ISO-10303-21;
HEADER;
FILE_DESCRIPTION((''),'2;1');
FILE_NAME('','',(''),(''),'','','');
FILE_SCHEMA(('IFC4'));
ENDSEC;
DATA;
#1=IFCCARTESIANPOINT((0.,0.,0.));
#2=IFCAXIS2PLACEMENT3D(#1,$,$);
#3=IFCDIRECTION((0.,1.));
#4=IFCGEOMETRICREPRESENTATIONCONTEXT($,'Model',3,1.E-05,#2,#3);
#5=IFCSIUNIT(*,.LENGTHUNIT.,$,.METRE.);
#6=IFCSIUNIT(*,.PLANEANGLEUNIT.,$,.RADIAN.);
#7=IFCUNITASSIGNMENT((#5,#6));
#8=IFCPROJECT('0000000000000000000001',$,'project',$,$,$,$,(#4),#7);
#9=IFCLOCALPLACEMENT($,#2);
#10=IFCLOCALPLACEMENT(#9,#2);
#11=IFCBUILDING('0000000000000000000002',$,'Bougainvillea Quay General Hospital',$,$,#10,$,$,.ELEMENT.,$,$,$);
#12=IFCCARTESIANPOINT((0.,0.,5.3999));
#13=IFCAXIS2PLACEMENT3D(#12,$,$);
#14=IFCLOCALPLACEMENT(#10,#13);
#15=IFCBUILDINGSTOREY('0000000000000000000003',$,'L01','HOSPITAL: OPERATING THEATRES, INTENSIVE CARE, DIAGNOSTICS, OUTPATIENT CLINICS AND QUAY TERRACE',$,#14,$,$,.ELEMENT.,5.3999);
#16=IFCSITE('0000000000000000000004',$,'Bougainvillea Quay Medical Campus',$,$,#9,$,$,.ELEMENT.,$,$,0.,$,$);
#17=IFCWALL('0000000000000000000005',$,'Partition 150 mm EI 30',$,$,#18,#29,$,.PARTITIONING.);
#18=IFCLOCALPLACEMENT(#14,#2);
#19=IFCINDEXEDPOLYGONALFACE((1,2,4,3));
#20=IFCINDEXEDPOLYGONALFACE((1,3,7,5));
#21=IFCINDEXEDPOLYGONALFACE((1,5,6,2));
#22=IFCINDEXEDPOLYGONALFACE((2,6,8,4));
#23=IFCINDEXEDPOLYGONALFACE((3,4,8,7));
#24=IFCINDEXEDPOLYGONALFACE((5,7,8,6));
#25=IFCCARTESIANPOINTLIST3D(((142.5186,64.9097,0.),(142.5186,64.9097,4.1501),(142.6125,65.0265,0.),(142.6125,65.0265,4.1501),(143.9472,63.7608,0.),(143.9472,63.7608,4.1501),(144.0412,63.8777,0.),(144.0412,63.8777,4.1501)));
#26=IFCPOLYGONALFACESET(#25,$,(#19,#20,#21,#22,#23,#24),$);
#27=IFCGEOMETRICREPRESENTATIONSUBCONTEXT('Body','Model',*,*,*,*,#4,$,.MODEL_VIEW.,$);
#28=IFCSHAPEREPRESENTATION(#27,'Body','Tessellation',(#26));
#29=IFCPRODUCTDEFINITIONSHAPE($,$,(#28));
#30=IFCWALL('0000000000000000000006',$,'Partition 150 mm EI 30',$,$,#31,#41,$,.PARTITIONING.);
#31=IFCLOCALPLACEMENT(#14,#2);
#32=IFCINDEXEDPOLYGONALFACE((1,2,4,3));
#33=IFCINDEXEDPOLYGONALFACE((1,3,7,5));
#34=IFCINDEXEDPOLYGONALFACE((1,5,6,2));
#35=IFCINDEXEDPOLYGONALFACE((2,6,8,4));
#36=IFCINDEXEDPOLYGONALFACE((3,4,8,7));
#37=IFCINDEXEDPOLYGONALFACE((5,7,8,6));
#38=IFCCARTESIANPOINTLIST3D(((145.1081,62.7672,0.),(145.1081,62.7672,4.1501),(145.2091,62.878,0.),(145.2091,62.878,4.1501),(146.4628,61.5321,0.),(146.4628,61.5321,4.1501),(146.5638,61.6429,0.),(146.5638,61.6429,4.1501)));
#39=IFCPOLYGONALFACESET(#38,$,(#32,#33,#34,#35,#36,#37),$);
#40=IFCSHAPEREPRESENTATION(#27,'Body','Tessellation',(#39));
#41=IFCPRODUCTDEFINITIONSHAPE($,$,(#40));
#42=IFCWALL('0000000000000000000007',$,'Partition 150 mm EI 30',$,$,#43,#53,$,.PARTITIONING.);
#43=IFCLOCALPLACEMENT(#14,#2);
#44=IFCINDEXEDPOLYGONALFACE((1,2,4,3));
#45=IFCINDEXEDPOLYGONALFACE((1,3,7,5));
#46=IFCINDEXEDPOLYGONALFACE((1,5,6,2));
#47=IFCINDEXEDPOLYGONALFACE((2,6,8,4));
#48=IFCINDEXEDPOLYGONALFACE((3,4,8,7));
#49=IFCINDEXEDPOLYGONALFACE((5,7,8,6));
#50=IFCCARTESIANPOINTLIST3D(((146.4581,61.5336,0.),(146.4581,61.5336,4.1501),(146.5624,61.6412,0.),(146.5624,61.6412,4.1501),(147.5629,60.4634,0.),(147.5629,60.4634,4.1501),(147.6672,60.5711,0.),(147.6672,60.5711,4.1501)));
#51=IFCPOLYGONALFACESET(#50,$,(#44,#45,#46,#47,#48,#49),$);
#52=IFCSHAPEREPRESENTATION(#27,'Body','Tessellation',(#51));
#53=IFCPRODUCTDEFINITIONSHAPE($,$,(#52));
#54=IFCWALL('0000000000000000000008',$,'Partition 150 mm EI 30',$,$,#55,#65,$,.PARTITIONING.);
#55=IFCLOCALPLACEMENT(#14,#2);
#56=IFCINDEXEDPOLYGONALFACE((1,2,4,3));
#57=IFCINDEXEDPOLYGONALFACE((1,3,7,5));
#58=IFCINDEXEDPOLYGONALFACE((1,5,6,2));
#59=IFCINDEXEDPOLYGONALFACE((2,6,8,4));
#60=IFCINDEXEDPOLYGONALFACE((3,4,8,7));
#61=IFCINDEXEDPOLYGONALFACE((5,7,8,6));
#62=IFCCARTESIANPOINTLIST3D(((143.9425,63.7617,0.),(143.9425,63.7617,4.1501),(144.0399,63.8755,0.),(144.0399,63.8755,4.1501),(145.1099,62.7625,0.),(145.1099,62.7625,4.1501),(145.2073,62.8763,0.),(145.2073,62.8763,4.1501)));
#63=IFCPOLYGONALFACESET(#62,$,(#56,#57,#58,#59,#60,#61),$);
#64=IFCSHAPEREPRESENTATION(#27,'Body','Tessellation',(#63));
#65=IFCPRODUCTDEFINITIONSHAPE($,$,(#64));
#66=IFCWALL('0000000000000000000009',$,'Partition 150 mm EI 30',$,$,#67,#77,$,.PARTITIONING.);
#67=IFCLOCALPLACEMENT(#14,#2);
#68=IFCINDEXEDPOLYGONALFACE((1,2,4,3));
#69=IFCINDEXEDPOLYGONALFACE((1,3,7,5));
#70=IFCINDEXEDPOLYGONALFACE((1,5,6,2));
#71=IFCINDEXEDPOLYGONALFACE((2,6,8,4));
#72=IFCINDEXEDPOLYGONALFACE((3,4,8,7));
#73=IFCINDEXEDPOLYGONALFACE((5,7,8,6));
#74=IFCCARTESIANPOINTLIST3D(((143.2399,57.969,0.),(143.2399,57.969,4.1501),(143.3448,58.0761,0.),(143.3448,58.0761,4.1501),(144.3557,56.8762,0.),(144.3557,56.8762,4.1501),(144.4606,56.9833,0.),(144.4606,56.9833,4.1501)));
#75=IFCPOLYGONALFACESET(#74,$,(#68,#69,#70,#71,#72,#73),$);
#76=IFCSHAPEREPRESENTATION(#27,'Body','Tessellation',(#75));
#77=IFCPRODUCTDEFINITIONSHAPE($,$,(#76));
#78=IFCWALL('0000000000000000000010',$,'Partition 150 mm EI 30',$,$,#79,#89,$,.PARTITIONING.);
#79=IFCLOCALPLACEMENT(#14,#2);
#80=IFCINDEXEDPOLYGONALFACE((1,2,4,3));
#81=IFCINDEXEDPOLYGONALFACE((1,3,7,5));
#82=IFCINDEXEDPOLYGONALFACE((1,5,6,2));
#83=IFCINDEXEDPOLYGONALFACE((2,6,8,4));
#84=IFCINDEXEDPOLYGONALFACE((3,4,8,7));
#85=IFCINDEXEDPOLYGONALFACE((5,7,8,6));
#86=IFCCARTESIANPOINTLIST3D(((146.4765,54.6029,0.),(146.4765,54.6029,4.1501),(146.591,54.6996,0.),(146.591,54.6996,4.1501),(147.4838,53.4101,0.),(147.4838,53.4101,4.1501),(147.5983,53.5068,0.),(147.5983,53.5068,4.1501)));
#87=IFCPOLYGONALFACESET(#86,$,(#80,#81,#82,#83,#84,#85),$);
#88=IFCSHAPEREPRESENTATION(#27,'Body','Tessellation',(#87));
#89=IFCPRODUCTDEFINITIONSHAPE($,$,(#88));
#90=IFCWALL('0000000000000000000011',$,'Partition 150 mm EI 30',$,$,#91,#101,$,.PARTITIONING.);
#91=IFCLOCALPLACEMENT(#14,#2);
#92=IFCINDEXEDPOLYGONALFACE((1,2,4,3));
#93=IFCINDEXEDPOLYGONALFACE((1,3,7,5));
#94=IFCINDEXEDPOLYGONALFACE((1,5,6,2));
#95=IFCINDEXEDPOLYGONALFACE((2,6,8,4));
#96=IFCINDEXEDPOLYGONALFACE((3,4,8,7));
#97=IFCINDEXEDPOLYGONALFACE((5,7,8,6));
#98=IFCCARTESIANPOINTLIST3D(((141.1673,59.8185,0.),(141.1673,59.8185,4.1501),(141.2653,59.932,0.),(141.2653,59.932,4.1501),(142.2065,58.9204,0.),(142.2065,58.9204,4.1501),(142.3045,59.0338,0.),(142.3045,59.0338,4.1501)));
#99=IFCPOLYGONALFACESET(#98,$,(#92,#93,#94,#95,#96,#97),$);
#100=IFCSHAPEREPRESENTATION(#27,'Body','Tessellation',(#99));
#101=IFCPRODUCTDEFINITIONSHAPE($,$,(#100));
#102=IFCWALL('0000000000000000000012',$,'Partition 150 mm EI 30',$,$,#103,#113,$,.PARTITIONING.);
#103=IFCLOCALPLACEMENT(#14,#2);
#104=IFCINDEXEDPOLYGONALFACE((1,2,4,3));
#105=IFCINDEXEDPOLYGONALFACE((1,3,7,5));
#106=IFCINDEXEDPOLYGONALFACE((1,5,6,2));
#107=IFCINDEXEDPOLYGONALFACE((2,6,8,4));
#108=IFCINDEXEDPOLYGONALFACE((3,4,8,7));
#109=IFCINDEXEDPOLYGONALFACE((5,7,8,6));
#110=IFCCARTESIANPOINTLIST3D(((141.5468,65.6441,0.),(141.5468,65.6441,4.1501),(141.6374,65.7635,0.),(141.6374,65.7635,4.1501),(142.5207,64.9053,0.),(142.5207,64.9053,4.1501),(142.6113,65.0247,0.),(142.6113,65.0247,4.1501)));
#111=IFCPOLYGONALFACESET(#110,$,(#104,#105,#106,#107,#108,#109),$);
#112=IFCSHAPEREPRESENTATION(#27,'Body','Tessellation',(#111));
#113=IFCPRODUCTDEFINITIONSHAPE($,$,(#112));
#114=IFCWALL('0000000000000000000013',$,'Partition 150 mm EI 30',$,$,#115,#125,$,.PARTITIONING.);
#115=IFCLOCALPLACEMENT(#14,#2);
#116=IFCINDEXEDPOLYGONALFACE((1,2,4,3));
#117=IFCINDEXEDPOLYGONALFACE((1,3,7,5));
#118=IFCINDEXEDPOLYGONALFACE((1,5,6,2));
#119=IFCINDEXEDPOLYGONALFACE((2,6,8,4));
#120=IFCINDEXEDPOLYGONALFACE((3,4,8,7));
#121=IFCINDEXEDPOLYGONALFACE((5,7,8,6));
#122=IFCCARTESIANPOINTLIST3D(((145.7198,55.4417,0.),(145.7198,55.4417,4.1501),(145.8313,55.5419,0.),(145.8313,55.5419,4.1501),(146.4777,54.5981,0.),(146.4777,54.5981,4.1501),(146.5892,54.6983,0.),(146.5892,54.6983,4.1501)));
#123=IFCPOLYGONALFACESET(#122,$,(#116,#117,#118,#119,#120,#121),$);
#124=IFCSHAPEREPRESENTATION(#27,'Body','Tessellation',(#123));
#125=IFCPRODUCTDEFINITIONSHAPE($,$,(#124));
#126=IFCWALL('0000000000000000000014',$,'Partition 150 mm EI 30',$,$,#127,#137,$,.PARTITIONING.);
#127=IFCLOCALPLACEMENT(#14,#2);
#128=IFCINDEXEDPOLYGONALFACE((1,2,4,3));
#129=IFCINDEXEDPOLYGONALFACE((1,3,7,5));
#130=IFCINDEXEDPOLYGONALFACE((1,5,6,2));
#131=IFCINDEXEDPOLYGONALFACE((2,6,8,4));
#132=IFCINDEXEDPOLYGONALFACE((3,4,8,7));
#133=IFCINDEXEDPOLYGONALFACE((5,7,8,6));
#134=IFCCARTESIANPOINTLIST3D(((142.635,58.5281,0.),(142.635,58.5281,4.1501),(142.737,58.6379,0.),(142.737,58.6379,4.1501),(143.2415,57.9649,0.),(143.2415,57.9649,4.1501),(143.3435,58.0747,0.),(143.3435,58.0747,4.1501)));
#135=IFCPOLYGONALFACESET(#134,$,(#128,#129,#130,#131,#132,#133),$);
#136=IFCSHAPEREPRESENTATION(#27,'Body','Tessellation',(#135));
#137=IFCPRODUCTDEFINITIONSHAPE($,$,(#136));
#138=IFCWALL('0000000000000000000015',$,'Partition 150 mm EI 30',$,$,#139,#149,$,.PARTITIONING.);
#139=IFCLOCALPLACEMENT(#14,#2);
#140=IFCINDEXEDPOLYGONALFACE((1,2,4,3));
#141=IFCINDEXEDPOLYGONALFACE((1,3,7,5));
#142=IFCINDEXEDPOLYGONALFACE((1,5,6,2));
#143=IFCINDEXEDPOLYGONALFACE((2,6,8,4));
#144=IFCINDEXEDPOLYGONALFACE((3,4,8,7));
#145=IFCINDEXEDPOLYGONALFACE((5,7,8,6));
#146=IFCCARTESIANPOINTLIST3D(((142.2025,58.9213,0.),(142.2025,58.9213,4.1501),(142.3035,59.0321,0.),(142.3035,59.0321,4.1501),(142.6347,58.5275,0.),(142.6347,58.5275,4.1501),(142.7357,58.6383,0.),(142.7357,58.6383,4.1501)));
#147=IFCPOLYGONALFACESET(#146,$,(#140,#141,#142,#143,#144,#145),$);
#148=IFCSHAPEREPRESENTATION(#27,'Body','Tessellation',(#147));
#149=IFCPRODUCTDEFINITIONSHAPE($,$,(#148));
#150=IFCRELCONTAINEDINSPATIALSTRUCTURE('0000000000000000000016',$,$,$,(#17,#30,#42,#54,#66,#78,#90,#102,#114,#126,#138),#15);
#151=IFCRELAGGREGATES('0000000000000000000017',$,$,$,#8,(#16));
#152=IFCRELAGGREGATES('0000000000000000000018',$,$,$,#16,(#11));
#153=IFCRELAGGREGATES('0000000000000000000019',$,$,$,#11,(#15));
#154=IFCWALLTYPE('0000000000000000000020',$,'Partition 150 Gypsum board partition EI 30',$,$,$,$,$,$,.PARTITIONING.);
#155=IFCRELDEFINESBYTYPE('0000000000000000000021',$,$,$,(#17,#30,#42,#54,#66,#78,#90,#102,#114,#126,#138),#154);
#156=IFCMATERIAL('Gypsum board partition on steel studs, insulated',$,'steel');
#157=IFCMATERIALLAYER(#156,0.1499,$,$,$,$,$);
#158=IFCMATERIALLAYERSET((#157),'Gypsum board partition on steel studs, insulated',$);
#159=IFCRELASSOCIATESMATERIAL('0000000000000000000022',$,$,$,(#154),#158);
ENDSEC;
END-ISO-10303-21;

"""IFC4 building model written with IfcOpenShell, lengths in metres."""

from ifc_helpers import new_model, si_unit, direction, frame, frame_2d, origin, place, context, subcontext, project, spatial, rectangle, extrude, material, layer, layer_set, type_object, element, save


model = new_model("IFC4")

# Units and contexts
model_context = context("Model", 3, precision=1e-05, world=origin(), true_north=direction((0.0, 1.0)))
body_context = subcontext(model_context, "Body", "Model", "MODEL_VIEW")
ifc_project = project(units=[si_unit("LENGTHUNIT", "METRE"), si_unit("PLANEANGLEUNIT", "RADIAN")], contexts=[model_context])

# Site, building, storey
site_placement = place(None, origin())
site = spatial("IfcSite", under=ifc_project, at=site_placement, Name="Bougainvillea Quay Medical Campus", CompositionType="ELEMENT", RefElevation=0.0)
building_placement = place(site_placement, origin())
building = spatial("IfcBuilding", under=site, at=building_placement, Name="Bougainvillea Quay General Hospital", CompositionType="ELEMENT")
storey_placement = place(building_placement, frame((0.0, 0.0, 5.3999)))
storey = spatial("IfcBuildingStorey", under=building, at=storey_placement, Name="L01", Description="HOSPITAL: OPERATING THEATRES, INTENSIVE CARE, DIAGNOSTICS, OUTPATIENT CLINICS AND QUAY TERRACE", CompositionType="ELEMENT", Elevation=5.3999)

# Shared definitions
ifc_material_1 = material(Name="Gypsum board partition on steel studs, insulated", Category="steel")
ifc_layer_1 = layer(ifc_material_1, 0.1499)
ifc_layer_set_1 = layer_set([ifc_layer_1], Name="Gypsum board partition on steel studs, insulated")
wall_type_1 = type_object("IfcWallType", Name="Partition 150 Gypsum board partition EI 30", PredefinedType="PARTITIONING", material=ifc_layer_set_1)

# Walls
for number, where, z_axis, x_axis, name in (
    (1, (142.5657, 64.968, 0.0), (0.0, 0.0, 1.0), (0.779281, -0.626674, 0.0), "Partition 150 mm EI 30"),
    (2, (145.1587, 62.8225, 0.0), (0.0, 0.0, 1.0), (0.738981, -0.673726, 0.0), "Partition 150 mm EI 30"),
):
    element("IfcWall", number, at=place(storey_placement, frame(where, z_axis=z_axis, x_axis=x_axis)), inside=storey, type_object=wall_type_1, Name=name, PredefinedType="PARTITIONING", context=body_context, shape_type="SweptSolid", body=[
        extrude(rectangle(XDim=1.8333, YDim=0.1499, at=frame_2d((0.9165, 0.0))), origin(), (0.0, 0.0, 1.0), 4.1501),
    ])
wall_1_placement = place(storey_placement, frame((146.5103, 61.5874, 0.0), z_axis=(0.0, 0.0, 1.0), x_axis=(0.718287, -0.695747, 0.0)))
element("IfcWall", 3, at=wall_1_placement, inside=storey, type_object=wall_type_1, Name="Partition 150 mm EI 30", PredefinedType="PARTITIONING", context=body_context, shape_type="SweptSolid", body=[
    extrude(rectangle(XDim=1.5381, YDim=0.1499, at=frame_2d((0.769, 0.0))), origin(), (0.0, 0.0, 1.0), 4.1501),
])
wall_2_placement = place(storey_placement, frame((143.9912, 63.8186, 0.0), z_axis=(0.0, 0.0, 1.0), x_axis=(0.759716, -0.650255, 0.0)))
element("IfcWall", 4, at=wall_2_placement, inside=storey, type_object=wall_type_1, Name="Partition 150 mm EI 30", PredefinedType="PARTITIONING", context=body_context, shape_type="SweptSolid", body=[
    extrude(rectangle(XDim=1.5366, YDim=0.1499, at=frame_2d((0.7683, 0.0))), origin(), (0.0, 0.0, 1.0), 4.1501),
])
wall_3_placement = place(storey_placement, frame((143.2925, 58.0225, 0.0), z_axis=(0.0, 0.0, 1.0), x_axis=(0.714416, -0.699721, 0.0)))
element("IfcWall", 5, at=wall_3_placement, inside=storey, type_object=wall_type_1, Name="Partition 150 mm EI 30", PredefinedType="PARTITIONING", context=body_context, shape_type="SweptSolid", body=[
    extrude(rectangle(XDim=1.5618, YDim=0.1499, at=frame_2d((0.7808, 0.0))), origin(), (0.0, 0.0, 1.0), 4.1501),
])
wall_4_placement = place(storey_placement, frame((146.5337, 54.6514, 0.0), z_axis=(0.0, 0.0, 1.0), x_axis=(0.645185, -0.764026, 0.0)))
element("IfcWall", 6, at=wall_4_placement, inside=storey, type_object=wall_type_1, Name="Partition 150 mm EI 30", PredefinedType="PARTITIONING", context=body_context, shape_type="SweptSolid", body=[
    extrude(rectangle(XDim=1.5613, YDim=0.1499, at=frame_2d((0.7808, 0.0))), origin(), (0.0, 0.0, 1.0), 4.1501),
])
wall_5_placement = place(storey_placement, frame((141.2163, 59.8752, 0.0), z_axis=(0.0, 0.0, 1.0), x_axis=(0.756603, -0.653874, 0.0)))
element("IfcWall", 7, at=wall_5_placement, inside=storey, type_object=wall_type_1, Name="Partition 150 mm EI 30", PredefinedType="PARTITIONING", context=body_context, shape_type="SweptSolid", body=[
    extrude(rectangle(XDim=1.3735, YDim=0.1499, at=frame_2d((0.6868, 0.0))), origin(), (0.0, 0.0, 1.0), 4.1501),
])
wall_6_placement = place(storey_placement, frame((141.592, 65.7039, 0.0), z_axis=(0.0, 0.0, 1.0), x_axis=(0.796705, -0.604369, 0.0)))
element("IfcWall", 8, at=wall_6_placement, inside=storey, type_object=wall_type_1, Name="Partition 150 mm EI 30", PredefinedType="PARTITIONING", context=body_context, shape_type="SweptSolid", body=[
    extrude(rectangle(XDim=1.2224, YDim=0.1499, at=frame_2d((0.6113, 0.0))), origin(), (0.0, 0.0, 1.0), 4.1501),
])
wall_7_placement = place(storey_placement, frame((145.7756, 55.4917, 0.0), z_axis=(0.0, 0.0, 1.0), x_axis=(0.66831, -0.743883, 0.0)))
element("IfcWall", 9, at=wall_7_placement, inside=storey, type_object=wall_type_1, Name="Partition 150 mm EI 30", PredefinedType="PARTITIONING", context=body_context, shape_type="SweptSolid", body=[
    extrude(rectangle(XDim=1.134, YDim=0.1499, at=frame_2d((0.5669, 0.0))), origin(), (0.0, 0.0, 1.0), 4.1501),
])
wall_8_placement = place(storey_placement, frame((142.686, 58.583, 0.0), z_axis=(0.0, 0.0, 1.0), x_axis=(0.73273, -0.680519, 0.0)))
element("IfcWall", 10, at=wall_8_placement, inside=storey, type_object=wall_type_1, Name="Partition 150 mm EI 30", PredefinedType="PARTITIONING", context=body_context, shape_type="SweptSolid", body=[
    extrude(rectangle(XDim=0.8276, YDim=0.1499, at=frame_2d((0.4138, 0.0))), origin(), (0.0, 0.0, 1.0), 4.1501),
])
wall_9_placement = place(storey_placement, frame((142.2529, 58.9768, 0.0), z_axis=(0.0, 0.0, 1.0), x_axis=(0.739127, -0.673566, 0.0)))
element("IfcWall", 11, at=wall_9_placement, inside=storey, type_object=wall_type_1, Name="Partition 150 mm EI 30", PredefinedType="PARTITIONING", context=body_context, shape_type="SweptSolid", body=[
    extrude(rectangle(XDim=0.5847, YDim=0.1499, at=frame_2d((0.2925, 0.0))), origin(), (0.0, 0.0, 1.0), 4.1501),
])

save(model, "model.ifc")
